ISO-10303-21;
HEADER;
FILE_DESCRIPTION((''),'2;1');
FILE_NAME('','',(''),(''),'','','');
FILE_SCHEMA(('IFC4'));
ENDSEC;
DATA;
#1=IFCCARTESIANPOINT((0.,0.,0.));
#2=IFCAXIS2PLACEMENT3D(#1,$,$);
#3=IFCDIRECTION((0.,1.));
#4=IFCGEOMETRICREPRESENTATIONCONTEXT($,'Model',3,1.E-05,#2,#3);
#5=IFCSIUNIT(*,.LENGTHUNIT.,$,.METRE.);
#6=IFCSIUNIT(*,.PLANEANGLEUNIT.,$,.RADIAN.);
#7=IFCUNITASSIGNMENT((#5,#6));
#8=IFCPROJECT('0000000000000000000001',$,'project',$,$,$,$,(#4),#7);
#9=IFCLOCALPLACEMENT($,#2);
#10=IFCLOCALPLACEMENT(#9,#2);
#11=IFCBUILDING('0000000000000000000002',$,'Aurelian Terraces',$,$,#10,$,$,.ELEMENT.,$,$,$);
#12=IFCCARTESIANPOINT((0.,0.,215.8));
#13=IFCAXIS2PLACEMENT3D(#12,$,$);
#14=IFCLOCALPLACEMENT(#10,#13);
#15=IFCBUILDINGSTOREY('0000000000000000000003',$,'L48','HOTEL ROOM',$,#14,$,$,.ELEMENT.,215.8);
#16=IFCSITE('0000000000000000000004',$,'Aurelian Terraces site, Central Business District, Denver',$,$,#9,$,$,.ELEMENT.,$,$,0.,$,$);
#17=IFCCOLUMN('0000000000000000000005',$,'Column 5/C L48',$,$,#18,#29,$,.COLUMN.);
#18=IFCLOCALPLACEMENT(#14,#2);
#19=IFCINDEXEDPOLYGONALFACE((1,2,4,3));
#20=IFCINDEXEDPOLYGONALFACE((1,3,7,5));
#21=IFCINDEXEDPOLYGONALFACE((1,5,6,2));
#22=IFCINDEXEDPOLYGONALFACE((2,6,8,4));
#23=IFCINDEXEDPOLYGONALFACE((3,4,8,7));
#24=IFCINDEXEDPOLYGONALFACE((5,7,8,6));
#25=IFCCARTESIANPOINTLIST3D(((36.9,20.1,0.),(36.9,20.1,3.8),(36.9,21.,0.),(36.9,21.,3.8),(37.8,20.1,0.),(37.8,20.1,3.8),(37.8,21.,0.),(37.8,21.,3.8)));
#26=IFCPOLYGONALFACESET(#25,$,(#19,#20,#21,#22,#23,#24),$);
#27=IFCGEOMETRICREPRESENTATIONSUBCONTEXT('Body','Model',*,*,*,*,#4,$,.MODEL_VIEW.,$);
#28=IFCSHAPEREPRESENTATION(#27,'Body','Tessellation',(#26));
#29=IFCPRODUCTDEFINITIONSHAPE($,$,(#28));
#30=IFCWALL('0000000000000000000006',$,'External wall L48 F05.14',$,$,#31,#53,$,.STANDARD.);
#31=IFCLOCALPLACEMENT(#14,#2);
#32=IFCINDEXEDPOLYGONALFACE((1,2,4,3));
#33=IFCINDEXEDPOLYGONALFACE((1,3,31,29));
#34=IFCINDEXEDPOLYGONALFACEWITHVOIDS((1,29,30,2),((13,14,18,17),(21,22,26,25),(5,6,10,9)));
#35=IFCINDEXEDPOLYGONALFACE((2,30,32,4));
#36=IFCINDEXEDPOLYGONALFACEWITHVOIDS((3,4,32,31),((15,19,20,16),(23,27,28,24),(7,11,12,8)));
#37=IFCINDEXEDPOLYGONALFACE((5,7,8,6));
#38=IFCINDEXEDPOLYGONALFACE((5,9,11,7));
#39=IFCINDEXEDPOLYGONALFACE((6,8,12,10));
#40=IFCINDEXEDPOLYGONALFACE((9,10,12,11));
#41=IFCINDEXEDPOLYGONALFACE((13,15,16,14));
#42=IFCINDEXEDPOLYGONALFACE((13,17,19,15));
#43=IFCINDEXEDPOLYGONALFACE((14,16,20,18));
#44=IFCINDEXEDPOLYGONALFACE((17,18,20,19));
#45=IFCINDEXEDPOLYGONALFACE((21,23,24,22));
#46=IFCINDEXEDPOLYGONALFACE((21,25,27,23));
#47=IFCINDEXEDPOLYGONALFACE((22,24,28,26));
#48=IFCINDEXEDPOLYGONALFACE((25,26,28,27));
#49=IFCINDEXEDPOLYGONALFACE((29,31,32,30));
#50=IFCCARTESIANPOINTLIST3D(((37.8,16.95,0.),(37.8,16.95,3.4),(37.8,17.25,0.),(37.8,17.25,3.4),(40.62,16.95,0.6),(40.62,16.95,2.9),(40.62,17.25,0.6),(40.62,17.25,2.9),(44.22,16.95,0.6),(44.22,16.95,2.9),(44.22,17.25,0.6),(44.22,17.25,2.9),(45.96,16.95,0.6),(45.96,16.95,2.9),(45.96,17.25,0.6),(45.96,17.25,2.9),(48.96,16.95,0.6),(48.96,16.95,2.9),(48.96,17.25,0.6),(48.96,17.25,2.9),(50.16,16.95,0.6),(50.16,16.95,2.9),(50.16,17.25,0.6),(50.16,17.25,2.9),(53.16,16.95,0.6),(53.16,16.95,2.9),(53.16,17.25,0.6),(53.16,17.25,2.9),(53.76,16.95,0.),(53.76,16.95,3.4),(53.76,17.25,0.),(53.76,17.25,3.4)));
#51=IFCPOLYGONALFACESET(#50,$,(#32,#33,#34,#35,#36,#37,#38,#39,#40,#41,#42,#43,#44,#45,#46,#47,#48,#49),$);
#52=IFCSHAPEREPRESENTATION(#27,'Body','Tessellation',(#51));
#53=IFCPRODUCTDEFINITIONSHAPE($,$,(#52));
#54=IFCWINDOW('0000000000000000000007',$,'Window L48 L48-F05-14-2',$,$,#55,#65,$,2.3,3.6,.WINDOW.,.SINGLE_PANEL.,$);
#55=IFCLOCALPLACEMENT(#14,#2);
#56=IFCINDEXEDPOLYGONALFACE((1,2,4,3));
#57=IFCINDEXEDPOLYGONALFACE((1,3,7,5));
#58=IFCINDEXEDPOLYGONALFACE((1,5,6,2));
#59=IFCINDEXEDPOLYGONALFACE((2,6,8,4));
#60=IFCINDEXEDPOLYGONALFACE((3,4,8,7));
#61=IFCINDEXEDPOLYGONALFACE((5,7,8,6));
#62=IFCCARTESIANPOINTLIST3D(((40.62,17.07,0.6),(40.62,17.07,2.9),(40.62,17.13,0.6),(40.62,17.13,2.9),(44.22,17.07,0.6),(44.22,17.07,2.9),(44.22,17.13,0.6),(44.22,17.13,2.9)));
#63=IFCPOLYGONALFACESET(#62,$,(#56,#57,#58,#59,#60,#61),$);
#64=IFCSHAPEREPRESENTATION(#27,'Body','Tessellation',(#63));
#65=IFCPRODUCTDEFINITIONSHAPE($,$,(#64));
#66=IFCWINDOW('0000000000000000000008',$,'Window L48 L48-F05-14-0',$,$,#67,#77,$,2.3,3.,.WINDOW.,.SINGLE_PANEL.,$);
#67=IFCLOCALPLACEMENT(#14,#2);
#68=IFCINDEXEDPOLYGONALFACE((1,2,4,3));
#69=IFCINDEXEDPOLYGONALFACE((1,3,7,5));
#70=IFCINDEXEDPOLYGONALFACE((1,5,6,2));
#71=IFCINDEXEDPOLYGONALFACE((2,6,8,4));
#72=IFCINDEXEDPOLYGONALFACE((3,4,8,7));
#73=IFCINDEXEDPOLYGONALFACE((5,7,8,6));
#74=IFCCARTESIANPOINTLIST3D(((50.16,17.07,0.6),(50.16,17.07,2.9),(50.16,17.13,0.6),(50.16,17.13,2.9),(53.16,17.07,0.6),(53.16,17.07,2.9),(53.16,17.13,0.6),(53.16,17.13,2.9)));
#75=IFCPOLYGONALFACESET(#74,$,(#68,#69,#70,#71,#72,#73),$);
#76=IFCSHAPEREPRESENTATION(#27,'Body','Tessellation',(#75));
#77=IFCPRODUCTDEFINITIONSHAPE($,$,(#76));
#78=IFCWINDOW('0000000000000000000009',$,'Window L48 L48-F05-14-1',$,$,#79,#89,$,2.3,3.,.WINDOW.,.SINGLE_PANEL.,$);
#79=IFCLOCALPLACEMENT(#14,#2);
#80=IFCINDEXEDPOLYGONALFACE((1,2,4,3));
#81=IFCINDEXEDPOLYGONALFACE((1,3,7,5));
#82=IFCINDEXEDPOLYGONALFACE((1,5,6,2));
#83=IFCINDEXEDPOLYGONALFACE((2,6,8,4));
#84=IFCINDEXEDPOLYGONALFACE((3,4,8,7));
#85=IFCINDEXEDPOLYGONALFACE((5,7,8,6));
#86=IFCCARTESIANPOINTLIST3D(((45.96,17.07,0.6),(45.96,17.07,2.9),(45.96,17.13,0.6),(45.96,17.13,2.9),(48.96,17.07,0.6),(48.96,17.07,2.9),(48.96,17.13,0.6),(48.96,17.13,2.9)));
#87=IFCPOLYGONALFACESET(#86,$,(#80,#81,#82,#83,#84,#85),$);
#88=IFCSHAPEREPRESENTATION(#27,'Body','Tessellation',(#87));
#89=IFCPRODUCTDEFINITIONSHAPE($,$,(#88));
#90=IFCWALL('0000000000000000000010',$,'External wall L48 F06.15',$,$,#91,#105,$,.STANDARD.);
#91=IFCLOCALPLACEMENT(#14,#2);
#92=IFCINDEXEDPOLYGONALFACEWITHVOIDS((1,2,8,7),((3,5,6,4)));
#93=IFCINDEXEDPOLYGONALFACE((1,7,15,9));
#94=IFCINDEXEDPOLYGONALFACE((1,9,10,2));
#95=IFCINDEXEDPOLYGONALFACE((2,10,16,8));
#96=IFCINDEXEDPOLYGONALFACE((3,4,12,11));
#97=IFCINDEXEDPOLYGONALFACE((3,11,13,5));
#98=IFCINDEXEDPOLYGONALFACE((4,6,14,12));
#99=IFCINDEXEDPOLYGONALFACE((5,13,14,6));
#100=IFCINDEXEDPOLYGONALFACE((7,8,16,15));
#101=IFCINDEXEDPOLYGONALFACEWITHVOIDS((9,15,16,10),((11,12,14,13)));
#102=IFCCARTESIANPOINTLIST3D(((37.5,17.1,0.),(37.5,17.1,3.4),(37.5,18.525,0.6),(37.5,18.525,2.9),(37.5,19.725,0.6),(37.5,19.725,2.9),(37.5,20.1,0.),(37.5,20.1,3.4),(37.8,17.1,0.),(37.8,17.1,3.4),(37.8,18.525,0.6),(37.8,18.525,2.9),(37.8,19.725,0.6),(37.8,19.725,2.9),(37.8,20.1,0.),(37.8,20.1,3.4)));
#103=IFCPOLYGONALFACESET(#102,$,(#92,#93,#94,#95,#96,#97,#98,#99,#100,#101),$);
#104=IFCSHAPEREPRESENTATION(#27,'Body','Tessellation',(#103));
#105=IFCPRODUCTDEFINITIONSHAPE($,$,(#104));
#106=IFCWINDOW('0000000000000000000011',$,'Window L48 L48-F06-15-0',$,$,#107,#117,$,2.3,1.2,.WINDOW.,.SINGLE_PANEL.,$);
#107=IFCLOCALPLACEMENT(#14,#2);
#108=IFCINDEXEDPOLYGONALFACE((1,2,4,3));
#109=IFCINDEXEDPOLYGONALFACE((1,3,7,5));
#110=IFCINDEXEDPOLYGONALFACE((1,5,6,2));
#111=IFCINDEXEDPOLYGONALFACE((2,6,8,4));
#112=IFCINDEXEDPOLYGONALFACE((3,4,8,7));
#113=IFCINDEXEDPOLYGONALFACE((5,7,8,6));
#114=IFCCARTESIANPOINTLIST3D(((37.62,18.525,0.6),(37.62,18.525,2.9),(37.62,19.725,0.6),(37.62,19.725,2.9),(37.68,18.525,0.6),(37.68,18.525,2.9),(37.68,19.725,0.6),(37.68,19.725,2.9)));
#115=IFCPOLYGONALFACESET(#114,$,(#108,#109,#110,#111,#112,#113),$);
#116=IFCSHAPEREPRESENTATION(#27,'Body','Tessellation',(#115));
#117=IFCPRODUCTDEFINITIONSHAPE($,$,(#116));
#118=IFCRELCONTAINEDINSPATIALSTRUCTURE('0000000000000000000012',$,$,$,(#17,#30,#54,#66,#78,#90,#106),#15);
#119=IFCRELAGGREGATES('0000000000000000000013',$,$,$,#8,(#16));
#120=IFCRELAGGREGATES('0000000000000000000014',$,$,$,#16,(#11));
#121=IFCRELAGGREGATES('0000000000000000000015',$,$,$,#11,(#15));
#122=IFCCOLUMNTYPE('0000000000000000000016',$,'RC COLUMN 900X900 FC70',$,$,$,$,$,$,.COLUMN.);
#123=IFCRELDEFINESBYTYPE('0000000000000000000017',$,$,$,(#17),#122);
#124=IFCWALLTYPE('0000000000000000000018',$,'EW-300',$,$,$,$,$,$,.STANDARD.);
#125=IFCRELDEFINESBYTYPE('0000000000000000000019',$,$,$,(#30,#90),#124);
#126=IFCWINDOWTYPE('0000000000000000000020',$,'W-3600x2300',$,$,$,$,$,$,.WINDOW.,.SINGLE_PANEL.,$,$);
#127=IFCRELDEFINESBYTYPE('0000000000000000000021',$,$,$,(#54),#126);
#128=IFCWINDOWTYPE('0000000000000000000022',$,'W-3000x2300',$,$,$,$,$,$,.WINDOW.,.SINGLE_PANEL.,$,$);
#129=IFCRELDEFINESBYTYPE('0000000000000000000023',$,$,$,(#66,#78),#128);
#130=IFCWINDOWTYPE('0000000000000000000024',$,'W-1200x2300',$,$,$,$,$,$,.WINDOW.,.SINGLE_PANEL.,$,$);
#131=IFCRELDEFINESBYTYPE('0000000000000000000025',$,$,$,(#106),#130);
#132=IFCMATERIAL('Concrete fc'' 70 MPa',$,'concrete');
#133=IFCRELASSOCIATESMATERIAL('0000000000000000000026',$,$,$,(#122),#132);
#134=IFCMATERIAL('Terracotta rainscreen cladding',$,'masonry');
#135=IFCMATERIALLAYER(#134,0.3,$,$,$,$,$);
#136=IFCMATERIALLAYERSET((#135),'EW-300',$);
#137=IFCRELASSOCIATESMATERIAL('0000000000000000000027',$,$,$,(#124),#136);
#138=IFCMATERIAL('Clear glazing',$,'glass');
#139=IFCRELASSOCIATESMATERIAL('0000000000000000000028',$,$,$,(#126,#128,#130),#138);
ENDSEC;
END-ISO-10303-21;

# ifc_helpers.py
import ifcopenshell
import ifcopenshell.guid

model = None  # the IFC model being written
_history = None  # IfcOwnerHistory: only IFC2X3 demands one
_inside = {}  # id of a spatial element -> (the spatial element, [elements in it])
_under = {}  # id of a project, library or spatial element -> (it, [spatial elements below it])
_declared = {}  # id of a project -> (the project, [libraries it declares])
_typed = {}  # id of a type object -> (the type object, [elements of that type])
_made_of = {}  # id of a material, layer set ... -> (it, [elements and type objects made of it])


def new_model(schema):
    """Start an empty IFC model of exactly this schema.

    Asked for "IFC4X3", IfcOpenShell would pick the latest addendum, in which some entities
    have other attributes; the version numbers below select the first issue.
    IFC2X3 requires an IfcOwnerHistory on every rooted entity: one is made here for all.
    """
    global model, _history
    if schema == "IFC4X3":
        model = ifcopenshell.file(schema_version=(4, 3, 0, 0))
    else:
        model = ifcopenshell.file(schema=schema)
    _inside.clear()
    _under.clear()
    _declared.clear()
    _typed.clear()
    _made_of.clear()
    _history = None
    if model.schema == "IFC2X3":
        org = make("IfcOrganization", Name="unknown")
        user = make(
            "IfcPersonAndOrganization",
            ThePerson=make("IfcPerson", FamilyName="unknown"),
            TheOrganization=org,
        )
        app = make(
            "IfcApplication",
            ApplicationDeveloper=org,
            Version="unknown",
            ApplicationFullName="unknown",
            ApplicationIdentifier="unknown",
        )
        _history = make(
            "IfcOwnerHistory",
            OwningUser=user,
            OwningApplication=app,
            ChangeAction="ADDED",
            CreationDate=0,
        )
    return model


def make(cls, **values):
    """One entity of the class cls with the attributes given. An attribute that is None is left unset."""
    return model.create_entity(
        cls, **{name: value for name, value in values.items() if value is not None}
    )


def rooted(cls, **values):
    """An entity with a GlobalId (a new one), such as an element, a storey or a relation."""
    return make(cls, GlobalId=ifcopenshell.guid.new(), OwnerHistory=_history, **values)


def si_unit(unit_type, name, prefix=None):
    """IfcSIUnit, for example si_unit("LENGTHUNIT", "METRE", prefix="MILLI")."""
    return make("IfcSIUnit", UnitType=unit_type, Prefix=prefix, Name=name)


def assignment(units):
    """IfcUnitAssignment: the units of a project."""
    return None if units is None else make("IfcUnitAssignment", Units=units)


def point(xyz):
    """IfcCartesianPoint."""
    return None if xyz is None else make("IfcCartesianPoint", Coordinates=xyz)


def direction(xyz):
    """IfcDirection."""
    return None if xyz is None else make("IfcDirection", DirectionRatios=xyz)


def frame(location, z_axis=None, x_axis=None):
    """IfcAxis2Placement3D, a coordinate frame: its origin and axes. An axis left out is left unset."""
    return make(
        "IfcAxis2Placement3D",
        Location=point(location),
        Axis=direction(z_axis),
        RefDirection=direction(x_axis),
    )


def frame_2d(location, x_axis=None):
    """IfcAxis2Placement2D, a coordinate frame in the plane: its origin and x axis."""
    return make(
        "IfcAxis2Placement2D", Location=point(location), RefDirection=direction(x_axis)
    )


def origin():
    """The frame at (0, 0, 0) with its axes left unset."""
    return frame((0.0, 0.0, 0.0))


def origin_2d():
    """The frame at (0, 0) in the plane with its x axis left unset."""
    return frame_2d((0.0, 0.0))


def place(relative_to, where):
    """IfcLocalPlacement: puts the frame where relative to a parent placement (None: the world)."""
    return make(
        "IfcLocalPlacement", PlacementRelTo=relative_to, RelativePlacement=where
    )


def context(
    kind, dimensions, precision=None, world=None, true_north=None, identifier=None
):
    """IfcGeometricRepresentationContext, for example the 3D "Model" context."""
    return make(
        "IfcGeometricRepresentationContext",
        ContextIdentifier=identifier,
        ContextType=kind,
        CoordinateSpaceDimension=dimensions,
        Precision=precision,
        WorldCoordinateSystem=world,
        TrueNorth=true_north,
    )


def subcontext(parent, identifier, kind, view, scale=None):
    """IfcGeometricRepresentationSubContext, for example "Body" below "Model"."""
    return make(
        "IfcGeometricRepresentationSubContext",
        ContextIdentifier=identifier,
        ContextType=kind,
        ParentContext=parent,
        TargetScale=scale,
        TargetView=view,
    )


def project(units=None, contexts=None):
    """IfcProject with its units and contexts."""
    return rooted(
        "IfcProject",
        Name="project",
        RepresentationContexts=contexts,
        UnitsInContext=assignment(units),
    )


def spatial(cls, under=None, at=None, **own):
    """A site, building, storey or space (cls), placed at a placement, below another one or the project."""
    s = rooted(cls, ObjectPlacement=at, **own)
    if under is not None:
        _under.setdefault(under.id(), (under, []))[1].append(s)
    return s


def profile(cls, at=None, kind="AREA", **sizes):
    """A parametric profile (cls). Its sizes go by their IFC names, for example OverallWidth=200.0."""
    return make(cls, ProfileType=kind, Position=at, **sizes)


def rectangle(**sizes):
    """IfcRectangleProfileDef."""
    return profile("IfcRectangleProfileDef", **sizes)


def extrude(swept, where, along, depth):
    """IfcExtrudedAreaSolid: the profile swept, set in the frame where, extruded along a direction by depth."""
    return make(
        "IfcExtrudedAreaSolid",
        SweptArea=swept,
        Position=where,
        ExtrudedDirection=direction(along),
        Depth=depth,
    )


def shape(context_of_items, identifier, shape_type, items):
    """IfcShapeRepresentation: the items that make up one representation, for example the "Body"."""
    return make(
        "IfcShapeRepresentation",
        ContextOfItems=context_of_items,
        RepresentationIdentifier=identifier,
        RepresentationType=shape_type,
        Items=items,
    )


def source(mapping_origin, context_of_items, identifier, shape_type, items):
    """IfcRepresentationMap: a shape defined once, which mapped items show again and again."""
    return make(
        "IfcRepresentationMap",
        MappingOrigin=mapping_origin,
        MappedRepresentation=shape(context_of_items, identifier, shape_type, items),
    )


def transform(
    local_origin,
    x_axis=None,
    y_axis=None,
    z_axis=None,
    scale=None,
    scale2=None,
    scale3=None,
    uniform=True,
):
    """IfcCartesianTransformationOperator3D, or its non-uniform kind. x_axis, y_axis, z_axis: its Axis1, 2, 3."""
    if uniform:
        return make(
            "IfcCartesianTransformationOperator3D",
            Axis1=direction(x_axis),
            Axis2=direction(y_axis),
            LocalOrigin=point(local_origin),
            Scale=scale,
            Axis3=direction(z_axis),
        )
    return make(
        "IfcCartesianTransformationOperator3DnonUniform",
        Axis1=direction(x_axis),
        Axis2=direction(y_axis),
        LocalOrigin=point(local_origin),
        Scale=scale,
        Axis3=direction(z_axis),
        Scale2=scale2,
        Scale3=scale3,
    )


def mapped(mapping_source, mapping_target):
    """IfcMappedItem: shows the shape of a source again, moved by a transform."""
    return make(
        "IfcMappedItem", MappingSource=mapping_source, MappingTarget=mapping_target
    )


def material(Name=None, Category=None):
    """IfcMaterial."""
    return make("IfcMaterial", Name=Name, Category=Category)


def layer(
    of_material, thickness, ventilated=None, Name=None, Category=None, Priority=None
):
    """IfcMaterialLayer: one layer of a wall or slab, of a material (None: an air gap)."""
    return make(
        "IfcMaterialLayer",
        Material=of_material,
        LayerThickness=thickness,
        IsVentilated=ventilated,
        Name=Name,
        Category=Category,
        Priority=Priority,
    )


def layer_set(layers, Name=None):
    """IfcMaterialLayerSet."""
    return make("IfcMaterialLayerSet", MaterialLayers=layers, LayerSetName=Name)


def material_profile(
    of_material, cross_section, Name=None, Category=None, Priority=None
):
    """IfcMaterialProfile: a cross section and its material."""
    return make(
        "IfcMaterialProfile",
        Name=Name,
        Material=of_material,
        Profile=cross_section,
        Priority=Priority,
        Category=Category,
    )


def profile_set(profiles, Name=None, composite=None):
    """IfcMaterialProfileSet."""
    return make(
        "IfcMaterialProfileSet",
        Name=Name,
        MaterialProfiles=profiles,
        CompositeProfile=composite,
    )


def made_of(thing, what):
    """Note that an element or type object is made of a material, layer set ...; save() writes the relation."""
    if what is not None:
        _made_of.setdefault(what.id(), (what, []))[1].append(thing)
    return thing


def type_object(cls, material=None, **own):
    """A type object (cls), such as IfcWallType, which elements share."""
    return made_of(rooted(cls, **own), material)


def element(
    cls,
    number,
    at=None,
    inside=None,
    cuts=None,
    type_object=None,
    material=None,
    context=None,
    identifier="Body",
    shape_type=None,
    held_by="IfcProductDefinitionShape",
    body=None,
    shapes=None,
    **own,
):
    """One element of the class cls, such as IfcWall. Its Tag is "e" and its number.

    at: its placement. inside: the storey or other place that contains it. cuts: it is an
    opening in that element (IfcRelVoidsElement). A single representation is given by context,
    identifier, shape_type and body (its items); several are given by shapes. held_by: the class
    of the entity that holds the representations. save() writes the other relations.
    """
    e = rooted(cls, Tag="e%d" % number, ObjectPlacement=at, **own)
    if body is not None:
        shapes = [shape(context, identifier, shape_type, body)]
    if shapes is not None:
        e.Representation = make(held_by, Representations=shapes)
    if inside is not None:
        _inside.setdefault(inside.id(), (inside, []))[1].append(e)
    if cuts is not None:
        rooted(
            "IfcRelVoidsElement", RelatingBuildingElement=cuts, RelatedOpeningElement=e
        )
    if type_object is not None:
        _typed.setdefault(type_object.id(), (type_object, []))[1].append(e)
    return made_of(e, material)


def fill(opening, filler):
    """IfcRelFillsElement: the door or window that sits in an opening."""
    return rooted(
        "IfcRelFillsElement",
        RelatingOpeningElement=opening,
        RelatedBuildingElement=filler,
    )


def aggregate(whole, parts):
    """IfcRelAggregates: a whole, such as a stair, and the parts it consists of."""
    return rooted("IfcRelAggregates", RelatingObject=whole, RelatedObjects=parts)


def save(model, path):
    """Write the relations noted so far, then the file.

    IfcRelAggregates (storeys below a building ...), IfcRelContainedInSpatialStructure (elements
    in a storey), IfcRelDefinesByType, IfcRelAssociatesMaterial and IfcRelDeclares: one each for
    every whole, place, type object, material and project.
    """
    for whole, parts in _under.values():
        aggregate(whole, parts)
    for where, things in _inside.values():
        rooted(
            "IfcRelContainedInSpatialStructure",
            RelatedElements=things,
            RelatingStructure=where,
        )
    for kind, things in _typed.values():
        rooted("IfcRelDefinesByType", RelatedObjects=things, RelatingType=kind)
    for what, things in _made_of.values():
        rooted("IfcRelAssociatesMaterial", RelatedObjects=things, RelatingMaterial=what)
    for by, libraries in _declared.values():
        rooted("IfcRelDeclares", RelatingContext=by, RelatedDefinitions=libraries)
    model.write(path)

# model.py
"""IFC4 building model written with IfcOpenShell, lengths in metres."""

from ifc_helpers import new_model, si_unit, direction, frame, frame_2d, origin, origin_2d, place, context, subcontext, project, spatial, rectangle, extrude, source, transform, mapped, material, layer, layer_set, material_profile, profile_set, type_object, element, fill, save


model = new_model("IFC4")

# Units and contexts
model_context = context("Model", 3, precision=1e-05, world=origin(), true_north=direction((0.0, 1.0)))
body_context = subcontext(model_context, "Body", "Model", "MODEL_VIEW")
ifc_project = project(units=[si_unit("LENGTHUNIT", "METRE"), si_unit("PLANEANGLEUNIT", "RADIAN")], contexts=[model_context])

# Site, building, storey
site_placement = place(None, origin())
site = spatial("IfcSite", under=ifc_project, at=site_placement, Name="Aurelian Terraces site, Central Business District, Denver", CompositionType="ELEMENT", RefElevation=0.0)
building_placement = place(site_placement, origin())
building = spatial("IfcBuilding", under=site, at=building_placement, Name="Aurelian Terraces", CompositionType="ELEMENT")
storey_placement = place(building_placement, frame((0.0, 0.0, 215.8)))
storey = spatial("IfcBuildingStorey", under=building, at=storey_placement, Name="L48", Description="HOTEL ROOM", CompositionType="ELEMENT", Elevation=215.8)

# Column
ifc_material_1 = material(Name="Concrete fc' 70 MPa", Category="concrete")
ifc_material_profile = material_profile(ifc_material_1, rectangle(XDim=0.9, YDim=0.9, at=origin_2d()))
ifc_profile_set = profile_set([ifc_material_profile], Name="Concrete fc' 70 MPa")
column_type = type_object("IfcColumnType", Name="RC COLUMN 900X900 FC70", PredefinedType="COLUMN", material=ifc_profile_set)
shared_shape_1 = source(origin(), body_context, "Body", "SweptSolid", [
    extrude(rectangle(XDim=0.9, YDim=0.9, at=origin_2d()), origin(), (0.0, 0.0, 1.0), 3.8),
])
column_placement = place(storey_placement, frame((37.35, 20.55, 0.0), z_axis=(0.0, 0.0, 1.0), x_axis=(1.0, 0.0, 0.0)))
element("IfcColumn", 1, at=column_placement, inside=storey, type_object=column_type, Name="Column 5/C L48", PredefinedType="COLUMN", context=body_context, shape_type="MappedRepresentation", body=[
    mapped(shared_shape_1, transform((0.0, 0.0, 0.0), scale=1.0)),
])

# Wall, openings, windows
ifc_material_2 = material(Name="Terracotta rainscreen cladding", Category="masonry")
ifc_layer_1 = layer(ifc_material_2, 0.3)
ifc_layer_set_1 = layer_set([ifc_layer_1], Name="EW-300")
wall_type_1 = type_object("IfcWallType", Name="EW-300", PredefinedType="STANDARD", material=ifc_layer_set_1)
wall_1_placement = place(storey_placement, frame((53.76, 17.1, 0.0), z_axis=(0.0, 0.0, 1.0), x_axis=(-1.0, 0.0, 0.0)))
wall_1 = element("IfcWall", 2, at=wall_1_placement, inside=storey, type_object=wall_type_1, Name="External wall L48 F05.14", PredefinedType="STANDARD", context=body_context, shape_type="SweptSolid", body=[
    extrude(rectangle(XDim=15.96, YDim=0.3, at=frame_2d((7.98, 0.0))), origin(), (0.0, 0.0, 1.0), 3.4),
])
shared_shape_2 = source(origin(), body_context, "Body", "SweptSolid", [
    extrude(rectangle(XDim=3.0, YDim=2.3, at=frame_2d((1.5, 1.15))), frame((0.0, 0.16, 0.0), z_axis=(0.0, -1.0, 0.0), x_axis=(1.0, 0.0, 0.0)), (0.0, 0.0, 1.0), 0.32),
])
opening_1_placement = place(wall_1_placement, frame((0.6, 0.0, 0.6)))
opening_1 = element("IfcOpeningElement", 3, at=opening_1_placement, cuts=wall_1, PredefinedType="OPENING", context=body_context, shape_type="MappedRepresentation", body=[
    mapped(shared_shape_2, transform((0.0, 0.0, 0.0), scale=1.0)),
])
opening_2_placement = place(wall_1_placement, frame((4.8, 0.0, 0.6)))
opening_2 = element("IfcOpeningElement", 4, at=opening_2_placement, cuts=wall_1, PredefinedType="OPENING", context=body_context, shape_type="MappedRepresentation", body=[
    mapped(shared_shape_2, transform((0.0, 0.0, 0.0), scale=1.0)),
])
shared_shape_3 = source(origin(), body_context, "Body", "SweptSolid", [
    extrude(rectangle(XDim=3.6, YDim=2.3, at=frame_2d((1.8, 1.15))), frame((0.0, 0.16, 0.0), z_axis=(0.0, -1.0, 0.0), x_axis=(1.0, 0.0, 0.0)), (0.0, 0.0, 1.0), 0.32),
])
opening_3_placement = place(wall_1_placement, frame((9.54, 0.0, 0.6)))
opening_3 = element("IfcOpeningElement", 5, at=opening_3_placement, cuts=wall_1, PredefinedType="OPENING", context=body_context, shape_type="MappedRepresentation", body=[
    mapped(shared_shape_3, transform((0.0, 0.0, 0.0), scale=1.0)),
])
ifc_material_3 = material(Name="Clear glazing", Category="glass")
window_type_1 = type_object("IfcWindowType", Name="W-3600x2300", PartitioningType="SINGLE_PANEL", PredefinedType="WINDOW", material=ifc_material_3)
shared_shape_4 = source(origin(), body_context, "Body", "SweptSolid", [
    extrude(rectangle(XDim=3.6, YDim=2.3, at=frame_2d((1.8, 1.15))), frame((0.0, 0.03, 0.0), z_axis=(0.0, -1.0, 0.0), x_axis=(1.0, 0.0, 0.0)), (0.0, 0.0, 1.0), 0.06),
])
window_1_placement = place(opening_3_placement, origin())
window_1 = element("IfcWindow", 6, at=window_1_placement, inside=storey, type_object=window_type_1, Name="Window L48 L48-F05-14-2", OverallHeight=2.3, OverallWidth=3.6, PartitioningType="SINGLE_PANEL", PredefinedType="WINDOW", context=body_context, shape_type="MappedRepresentation", body=[
    mapped(shared_shape_4, transform((0.0, 0.0, 0.0), scale=1.0)),
])
fill(opening_3, window_1)
window_type_2 = type_object("IfcWindowType", Name="W-3000x2300", PartitioningType="SINGLE_PANEL", PredefinedType="WINDOW", material=ifc_material_3)
shared_shape_5 = source(origin(), body_context, "Body", "SweptSolid", [
    extrude(rectangle(XDim=3.0, YDim=2.3, at=frame_2d((1.5, 1.15))), frame((0.0, 0.03, 0.0), z_axis=(0.0, -1.0, 0.0), x_axis=(1.0, 0.0, 0.0)), (0.0, 0.0, 1.0), 0.06),
])
window_2_placement = place(opening_1_placement, origin())
window_2 = element("IfcWindow", 7, at=window_2_placement, inside=storey, type_object=window_type_2, Name="Window L48 L48-F05-14-0", OverallHeight=2.3, OverallWidth=3.0, PartitioningType="SINGLE_PANEL", PredefinedType="WINDOW", context=body_context, shape_type="MappedRepresentation", body=[
    mapped(shared_shape_5, transform((0.0, 0.0, 0.0), scale=1.0)),
])
fill(opening_1, window_2)
window_3_placement = place(opening_2_placement, origin())
window_3 = element("IfcWindow", 8, at=window_3_placement, inside=storey, type_object=window_type_2, Name="Window L48 L48-F05-14-1", OverallHeight=2.3, OverallWidth=3.0, PartitioningType="SINGLE_PANEL", PredefinedType="WINDOW", context=body_context, shape_type="MappedRepresentation", body=[
    mapped(shared_shape_5, transform((0.0, 0.0, 0.0), scale=1.0)),
])
fill(opening_2, window_3)

# Wall, opening, window
shared_shape_6 = source(origin(), body_context, "Body", "SweptSolid", [
    extrude(rectangle(XDim=3.0, YDim=0.3, at=frame_2d((1.5, 0.0))), origin(), (0.0, 0.0, 1.0), 3.4),
])
wall_2_placement = place(storey_placement, frame((37.65, 17.1, 0.0), z_axis=(0.0, 0.0, 1.0), x_axis=(0.0, 1.0, 0.0)))
wall_2 = element("IfcWall", 9, at=wall_2_placement, inside=storey, type_object=wall_type_1, Name="External wall L48 F06.15", PredefinedType="STANDARD", context=body_context, shape_type="MappedRepresentation", body=[
    mapped(shared_shape_6, transform((0.0, 0.0, 0.0), scale=1.0)),
])
shared_shape_7 = source(origin(), body_context, "Body", "SweptSolid", [
    extrude(rectangle(XDim=1.2, YDim=2.3, at=frame_2d((0.6, 1.15))), frame((0.0, 0.16, 0.0), z_axis=(0.0, -1.0, 0.0), x_axis=(1.0, 0.0, 0.0)), (0.0, 0.0, 1.0), 0.32),
])
opening_4_placement = place(wall_2_placement, frame((1.425, 0.0, 0.6)))
opening_4 = element("IfcOpeningElement", 10, at=opening_4_placement, cuts=wall_2, PredefinedType="OPENING", context=body_context, shape_type="MappedRepresentation", body=[
    mapped(shared_shape_7, transform((0.0, 0.0, 0.0), scale=1.0)),
])
window_type_3 = type_object("IfcWindowType", Name="W-1200x2300", PartitioningType="SINGLE_PANEL", PredefinedType="WINDOW", material=ifc_material_3)
shared_shape_8 = source(origin(), body_context, "Body", "SweptSolid", [
    extrude(rectangle(XDim=1.2, YDim=2.3, at=frame_2d((0.6, 1.15))), frame((0.0, 0.03, 0.0), z_axis=(0.0, -1.0, 0.0), x_axis=(1.0, 0.0, 0.0)), (0.0, 0.0, 1.0), 0.06),
])
window_4_placement = place(opening_4_placement, origin())
window_4 = element("IfcWindow", 11, at=window_4_placement, inside=storey, type_object=window_type_3, Name="Window L48 L48-F06-15-0", OverallHeight=2.3, OverallWidth=1.2, PartitioningType="SINGLE_PANEL", PredefinedType="WINDOW", context=body_context, shape_type="MappedRepresentation", body=[
    mapped(shared_shape_8, transform((0.0, 0.0, 0.0), scale=1.0)),
])
fill(opening_4, window_4)

save(model, "model.ifc")
